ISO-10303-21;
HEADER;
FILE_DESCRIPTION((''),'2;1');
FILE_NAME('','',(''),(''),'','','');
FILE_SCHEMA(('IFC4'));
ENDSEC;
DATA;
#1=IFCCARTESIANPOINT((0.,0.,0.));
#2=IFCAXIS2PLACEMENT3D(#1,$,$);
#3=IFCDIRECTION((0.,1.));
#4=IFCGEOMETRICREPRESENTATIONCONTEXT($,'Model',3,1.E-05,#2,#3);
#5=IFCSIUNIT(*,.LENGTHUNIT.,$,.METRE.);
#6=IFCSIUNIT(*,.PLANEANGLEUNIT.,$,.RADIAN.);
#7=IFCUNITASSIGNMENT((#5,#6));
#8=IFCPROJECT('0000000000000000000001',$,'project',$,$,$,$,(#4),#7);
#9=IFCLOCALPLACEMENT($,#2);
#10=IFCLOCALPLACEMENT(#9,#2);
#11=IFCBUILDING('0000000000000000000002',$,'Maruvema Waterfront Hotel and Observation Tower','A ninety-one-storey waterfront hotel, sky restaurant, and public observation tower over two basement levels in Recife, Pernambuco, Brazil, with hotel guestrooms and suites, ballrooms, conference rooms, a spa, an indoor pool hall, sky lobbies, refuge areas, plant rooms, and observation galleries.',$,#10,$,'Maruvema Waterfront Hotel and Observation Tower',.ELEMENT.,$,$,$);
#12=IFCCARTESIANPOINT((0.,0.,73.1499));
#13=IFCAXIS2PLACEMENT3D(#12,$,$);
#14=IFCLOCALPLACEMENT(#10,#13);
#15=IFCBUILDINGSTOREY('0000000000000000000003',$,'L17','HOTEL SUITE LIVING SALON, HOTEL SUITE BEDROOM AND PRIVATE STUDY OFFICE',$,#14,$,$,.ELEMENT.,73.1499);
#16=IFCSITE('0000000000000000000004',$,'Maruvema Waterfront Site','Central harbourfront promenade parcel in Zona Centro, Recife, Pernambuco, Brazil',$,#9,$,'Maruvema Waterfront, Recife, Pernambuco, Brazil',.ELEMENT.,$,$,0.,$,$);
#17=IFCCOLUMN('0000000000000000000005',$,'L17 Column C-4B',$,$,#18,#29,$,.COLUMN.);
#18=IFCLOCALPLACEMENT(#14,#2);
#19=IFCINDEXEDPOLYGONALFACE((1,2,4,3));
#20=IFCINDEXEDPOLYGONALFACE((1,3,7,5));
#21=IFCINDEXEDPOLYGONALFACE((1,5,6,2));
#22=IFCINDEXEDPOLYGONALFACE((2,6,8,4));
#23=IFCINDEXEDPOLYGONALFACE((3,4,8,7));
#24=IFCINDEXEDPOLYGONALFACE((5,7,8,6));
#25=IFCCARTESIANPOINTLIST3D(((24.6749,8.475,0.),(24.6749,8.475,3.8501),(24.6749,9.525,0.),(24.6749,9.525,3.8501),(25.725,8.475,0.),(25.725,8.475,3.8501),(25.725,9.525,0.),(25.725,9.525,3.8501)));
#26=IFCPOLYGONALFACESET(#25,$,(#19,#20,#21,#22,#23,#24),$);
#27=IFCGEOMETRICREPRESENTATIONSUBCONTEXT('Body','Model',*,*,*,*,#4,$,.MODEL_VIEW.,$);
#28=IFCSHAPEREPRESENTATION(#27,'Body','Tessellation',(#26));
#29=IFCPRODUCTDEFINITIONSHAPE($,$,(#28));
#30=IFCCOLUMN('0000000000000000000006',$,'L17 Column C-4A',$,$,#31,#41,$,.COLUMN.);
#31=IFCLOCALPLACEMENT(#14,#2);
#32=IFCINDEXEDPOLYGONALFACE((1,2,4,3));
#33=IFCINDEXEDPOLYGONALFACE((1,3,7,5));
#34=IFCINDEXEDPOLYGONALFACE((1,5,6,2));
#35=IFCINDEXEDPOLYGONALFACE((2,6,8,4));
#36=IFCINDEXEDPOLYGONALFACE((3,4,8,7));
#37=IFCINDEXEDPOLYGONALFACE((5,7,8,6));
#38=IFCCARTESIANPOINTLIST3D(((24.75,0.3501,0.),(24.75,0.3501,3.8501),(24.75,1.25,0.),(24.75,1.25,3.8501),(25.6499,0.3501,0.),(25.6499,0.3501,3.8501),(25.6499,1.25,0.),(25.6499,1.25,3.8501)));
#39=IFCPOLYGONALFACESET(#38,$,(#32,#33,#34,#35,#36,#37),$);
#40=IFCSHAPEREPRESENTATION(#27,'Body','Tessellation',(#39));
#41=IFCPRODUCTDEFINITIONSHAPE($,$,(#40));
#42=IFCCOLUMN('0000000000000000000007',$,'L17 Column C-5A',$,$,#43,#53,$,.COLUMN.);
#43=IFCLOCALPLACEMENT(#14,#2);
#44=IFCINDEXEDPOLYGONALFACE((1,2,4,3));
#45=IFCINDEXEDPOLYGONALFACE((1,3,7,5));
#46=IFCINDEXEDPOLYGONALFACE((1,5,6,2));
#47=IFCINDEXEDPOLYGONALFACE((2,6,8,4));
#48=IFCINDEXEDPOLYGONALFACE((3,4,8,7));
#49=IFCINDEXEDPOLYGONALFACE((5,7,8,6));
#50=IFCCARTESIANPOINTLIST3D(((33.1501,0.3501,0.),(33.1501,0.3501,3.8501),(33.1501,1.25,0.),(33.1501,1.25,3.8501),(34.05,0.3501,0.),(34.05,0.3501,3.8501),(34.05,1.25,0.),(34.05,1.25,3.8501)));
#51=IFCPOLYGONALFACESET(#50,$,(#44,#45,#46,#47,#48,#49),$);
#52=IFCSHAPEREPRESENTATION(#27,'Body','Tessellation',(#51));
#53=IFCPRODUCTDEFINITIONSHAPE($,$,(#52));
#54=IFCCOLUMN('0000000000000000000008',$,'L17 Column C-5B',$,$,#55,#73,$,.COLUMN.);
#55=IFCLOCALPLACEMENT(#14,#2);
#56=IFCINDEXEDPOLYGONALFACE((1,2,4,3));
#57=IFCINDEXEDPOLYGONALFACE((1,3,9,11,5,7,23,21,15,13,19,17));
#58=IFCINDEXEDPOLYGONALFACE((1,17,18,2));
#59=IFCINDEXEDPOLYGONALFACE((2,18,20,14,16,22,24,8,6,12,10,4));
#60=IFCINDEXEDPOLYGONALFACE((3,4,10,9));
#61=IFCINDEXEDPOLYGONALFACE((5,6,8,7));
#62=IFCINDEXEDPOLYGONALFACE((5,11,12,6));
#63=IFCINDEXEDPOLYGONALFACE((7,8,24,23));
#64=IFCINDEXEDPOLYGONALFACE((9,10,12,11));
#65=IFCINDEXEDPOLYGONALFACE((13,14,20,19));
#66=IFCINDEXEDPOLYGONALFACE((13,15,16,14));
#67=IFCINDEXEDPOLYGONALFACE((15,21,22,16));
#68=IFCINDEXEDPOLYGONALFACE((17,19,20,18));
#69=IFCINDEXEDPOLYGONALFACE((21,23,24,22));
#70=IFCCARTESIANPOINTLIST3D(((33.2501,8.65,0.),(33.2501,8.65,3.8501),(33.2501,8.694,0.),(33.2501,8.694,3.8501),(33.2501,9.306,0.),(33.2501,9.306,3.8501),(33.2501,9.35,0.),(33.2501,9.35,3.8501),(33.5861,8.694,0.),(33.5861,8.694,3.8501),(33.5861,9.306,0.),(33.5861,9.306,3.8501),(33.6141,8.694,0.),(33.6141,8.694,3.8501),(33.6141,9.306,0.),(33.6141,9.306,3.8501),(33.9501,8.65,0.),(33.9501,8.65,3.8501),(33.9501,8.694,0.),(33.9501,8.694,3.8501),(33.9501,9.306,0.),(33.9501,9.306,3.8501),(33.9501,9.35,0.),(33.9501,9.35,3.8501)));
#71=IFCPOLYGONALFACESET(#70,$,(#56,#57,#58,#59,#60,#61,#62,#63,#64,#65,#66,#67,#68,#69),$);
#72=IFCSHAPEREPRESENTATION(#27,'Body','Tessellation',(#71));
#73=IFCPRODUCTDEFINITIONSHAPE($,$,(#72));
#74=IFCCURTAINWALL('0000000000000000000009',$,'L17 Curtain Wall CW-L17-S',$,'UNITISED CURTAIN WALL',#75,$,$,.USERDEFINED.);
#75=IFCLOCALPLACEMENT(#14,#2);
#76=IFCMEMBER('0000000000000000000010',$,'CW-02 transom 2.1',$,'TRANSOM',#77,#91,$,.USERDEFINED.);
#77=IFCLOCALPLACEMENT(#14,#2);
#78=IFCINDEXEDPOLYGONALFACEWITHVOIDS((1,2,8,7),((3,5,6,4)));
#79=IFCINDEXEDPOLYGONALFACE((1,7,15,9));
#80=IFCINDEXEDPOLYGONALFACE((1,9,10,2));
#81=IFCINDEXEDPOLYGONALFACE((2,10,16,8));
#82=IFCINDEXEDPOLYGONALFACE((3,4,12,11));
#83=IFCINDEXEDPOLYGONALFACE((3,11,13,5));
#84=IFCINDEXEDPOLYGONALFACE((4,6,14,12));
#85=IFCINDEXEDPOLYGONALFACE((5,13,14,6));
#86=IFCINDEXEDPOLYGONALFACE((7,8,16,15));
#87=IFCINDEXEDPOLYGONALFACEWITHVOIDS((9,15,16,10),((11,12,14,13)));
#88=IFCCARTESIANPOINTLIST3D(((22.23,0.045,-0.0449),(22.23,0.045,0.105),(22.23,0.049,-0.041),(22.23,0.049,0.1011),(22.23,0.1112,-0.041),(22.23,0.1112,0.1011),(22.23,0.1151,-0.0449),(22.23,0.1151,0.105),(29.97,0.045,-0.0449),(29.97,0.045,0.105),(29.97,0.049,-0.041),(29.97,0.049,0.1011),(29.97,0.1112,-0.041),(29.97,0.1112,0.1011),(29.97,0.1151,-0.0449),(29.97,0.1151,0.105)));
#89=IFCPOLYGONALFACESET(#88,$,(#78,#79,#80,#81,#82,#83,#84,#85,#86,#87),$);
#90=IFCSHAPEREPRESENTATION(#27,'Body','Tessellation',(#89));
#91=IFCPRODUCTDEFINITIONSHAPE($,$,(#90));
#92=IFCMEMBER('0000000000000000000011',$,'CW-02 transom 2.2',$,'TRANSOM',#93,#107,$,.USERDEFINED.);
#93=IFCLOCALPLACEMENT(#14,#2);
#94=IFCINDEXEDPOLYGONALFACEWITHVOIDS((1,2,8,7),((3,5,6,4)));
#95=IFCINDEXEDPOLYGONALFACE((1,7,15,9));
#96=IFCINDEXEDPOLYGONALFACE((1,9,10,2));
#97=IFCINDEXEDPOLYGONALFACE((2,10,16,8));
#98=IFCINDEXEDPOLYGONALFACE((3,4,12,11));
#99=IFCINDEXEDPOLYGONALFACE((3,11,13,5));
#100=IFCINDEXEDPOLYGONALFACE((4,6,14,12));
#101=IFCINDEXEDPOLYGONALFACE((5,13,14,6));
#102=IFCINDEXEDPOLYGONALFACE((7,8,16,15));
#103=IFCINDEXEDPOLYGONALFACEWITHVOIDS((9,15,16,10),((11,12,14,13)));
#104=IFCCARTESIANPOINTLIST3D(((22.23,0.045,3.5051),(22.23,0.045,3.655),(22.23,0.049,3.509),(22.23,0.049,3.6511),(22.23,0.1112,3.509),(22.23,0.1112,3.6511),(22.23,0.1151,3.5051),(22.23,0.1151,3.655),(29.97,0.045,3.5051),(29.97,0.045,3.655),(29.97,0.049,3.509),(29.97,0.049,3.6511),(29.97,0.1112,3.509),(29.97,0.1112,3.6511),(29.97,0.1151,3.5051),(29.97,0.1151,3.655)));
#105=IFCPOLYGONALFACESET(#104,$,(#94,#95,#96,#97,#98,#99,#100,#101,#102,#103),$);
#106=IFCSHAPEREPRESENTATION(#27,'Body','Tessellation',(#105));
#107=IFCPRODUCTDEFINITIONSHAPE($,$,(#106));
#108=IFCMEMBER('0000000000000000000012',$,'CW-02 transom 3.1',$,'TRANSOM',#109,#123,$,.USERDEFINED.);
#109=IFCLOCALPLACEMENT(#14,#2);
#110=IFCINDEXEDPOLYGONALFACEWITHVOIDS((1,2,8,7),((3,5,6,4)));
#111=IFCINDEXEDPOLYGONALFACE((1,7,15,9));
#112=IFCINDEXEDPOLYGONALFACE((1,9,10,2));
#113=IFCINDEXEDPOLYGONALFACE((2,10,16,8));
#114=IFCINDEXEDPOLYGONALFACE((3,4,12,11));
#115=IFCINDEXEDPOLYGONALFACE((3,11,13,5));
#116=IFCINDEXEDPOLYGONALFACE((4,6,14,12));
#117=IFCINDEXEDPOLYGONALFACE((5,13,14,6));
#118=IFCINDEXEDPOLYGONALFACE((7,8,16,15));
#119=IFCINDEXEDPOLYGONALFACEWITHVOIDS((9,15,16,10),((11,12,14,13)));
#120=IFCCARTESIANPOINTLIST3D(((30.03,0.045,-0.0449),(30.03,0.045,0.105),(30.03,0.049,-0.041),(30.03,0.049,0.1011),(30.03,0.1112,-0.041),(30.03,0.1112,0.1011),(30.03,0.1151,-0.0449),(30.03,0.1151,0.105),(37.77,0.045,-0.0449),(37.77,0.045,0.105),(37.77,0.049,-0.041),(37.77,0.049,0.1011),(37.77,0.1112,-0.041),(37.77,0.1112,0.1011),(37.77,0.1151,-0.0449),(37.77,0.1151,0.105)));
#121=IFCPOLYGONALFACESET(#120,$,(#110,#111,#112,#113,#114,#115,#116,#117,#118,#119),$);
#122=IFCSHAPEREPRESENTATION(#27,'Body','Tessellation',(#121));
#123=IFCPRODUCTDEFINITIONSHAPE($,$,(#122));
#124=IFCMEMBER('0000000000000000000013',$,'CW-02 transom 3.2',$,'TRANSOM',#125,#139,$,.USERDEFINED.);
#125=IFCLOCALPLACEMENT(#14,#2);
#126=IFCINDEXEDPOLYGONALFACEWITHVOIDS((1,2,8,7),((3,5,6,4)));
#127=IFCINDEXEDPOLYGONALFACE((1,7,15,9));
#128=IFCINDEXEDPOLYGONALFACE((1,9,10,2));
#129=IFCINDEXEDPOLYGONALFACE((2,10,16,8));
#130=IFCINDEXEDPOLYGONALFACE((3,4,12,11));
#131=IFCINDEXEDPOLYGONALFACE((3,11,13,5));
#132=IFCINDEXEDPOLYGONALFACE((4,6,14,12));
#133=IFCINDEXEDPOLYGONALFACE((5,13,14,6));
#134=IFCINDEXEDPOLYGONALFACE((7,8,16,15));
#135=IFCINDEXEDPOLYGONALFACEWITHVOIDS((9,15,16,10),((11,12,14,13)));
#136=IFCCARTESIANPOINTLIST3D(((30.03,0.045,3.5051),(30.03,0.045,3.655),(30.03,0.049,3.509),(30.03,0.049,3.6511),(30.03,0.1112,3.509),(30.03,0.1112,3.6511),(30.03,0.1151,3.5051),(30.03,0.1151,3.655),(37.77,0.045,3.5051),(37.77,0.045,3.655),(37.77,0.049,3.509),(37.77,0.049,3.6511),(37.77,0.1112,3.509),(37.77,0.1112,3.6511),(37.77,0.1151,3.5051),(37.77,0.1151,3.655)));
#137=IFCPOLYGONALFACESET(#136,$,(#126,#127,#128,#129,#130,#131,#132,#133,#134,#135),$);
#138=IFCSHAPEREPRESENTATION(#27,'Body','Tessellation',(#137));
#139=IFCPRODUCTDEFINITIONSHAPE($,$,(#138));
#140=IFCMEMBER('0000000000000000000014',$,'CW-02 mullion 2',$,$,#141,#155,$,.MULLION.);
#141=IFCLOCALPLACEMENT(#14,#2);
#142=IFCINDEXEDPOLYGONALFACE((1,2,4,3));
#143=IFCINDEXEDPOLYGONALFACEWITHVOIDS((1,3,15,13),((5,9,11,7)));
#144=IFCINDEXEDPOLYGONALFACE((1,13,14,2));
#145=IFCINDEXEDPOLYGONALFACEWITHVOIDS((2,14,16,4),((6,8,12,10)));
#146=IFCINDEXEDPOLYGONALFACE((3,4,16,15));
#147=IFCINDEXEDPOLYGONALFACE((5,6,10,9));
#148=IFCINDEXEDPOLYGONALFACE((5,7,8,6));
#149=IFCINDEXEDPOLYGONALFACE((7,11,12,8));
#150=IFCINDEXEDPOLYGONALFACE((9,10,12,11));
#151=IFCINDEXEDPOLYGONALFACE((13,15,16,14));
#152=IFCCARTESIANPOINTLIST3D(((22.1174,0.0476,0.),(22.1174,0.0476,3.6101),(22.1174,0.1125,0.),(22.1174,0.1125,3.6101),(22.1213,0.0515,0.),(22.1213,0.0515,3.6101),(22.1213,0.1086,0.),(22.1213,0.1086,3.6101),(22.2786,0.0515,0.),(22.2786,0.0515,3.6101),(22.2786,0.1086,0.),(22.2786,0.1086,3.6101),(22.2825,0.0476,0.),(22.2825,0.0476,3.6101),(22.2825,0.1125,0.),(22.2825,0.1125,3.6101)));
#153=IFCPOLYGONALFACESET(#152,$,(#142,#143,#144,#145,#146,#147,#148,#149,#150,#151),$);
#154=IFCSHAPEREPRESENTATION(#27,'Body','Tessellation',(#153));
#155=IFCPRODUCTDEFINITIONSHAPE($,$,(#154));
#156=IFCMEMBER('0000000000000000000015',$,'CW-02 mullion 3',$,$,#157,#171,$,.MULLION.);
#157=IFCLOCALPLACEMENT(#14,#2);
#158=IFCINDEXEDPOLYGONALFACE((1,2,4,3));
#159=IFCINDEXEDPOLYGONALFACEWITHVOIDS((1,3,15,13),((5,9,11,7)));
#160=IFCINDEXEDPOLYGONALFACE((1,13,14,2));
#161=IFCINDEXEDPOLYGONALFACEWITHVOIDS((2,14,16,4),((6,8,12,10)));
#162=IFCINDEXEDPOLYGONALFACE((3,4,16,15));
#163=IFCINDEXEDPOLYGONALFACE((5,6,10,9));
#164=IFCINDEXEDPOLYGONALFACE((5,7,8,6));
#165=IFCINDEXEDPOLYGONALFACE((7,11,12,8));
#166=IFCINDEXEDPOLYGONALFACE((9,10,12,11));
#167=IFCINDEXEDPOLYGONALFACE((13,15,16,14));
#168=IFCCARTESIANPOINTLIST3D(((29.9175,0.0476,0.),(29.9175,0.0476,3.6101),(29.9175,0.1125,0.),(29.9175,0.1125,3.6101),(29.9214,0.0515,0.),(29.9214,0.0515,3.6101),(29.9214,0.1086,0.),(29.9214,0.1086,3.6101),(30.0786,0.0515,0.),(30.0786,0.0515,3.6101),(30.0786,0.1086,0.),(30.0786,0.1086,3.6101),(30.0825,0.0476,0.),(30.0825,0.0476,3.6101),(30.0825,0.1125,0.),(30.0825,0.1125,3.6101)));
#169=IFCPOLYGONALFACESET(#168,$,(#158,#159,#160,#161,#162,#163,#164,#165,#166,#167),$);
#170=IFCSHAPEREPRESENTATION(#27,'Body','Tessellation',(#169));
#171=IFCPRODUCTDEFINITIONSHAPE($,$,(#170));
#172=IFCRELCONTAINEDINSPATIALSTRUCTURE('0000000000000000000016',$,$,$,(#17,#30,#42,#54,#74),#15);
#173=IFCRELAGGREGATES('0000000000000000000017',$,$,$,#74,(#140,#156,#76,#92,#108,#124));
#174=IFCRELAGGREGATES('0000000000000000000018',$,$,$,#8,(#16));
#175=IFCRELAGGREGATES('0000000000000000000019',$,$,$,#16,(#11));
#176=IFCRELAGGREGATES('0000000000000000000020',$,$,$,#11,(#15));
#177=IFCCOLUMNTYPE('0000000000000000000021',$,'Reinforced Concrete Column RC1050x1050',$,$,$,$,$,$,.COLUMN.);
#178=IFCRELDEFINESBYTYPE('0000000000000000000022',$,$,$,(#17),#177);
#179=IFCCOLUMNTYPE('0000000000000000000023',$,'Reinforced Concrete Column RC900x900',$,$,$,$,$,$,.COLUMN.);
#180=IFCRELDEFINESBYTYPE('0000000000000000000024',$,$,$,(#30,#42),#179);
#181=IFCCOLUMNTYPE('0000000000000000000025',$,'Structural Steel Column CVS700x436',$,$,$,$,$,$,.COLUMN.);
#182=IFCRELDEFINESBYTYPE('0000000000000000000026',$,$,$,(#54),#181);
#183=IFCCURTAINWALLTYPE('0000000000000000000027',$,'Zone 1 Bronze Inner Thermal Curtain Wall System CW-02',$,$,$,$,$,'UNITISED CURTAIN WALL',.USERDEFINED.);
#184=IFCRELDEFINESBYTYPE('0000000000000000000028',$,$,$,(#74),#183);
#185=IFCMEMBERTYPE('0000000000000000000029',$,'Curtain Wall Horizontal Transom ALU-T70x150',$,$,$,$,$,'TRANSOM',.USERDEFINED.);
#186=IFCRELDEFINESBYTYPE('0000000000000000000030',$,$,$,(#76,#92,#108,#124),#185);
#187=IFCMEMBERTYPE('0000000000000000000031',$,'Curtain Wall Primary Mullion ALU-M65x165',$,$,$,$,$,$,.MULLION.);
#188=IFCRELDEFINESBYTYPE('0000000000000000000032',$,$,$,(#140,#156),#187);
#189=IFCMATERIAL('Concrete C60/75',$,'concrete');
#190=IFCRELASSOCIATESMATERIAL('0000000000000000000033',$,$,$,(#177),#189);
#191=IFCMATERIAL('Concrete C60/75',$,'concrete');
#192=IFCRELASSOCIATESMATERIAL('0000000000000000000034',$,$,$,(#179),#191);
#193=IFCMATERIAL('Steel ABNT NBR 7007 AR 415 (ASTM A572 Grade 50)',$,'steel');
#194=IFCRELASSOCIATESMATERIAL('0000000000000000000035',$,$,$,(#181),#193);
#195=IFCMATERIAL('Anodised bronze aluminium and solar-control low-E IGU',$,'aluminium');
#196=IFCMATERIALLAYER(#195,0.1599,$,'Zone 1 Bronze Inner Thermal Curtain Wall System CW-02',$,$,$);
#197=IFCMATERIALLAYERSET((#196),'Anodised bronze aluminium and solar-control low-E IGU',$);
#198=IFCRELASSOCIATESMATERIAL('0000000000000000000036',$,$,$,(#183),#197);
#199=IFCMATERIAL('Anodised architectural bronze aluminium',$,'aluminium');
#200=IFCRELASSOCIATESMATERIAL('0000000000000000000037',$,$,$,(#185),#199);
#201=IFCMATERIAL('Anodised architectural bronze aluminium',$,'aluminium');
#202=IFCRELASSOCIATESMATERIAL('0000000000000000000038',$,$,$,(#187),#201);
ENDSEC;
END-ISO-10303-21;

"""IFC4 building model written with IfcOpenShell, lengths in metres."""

from ifc_helpers import new_model, si_unit, direction, frame, origin, origin_2d, place, context, subcontext, project, spatial, rectangle, hollow_rectangle, i_section, extrude, material, layer, layer_set, material_profile, profile_set, type_object, element, aggregate, save


model = new_model("IFC4")

# Units and contexts
model_context = context("Model", 3, precision=1e-05, world=origin(), true_north=direction((0.0, 1.0)))
body_context = subcontext(model_context, "Body", "Model", "MODEL_VIEW")
ifc_project = project(units=[si_unit("LENGTHUNIT", "METRE"), si_unit("PLANEANGLEUNIT", "RADIAN")], contexts=[model_context])

# Site, building, storey
site_placement = place(None, origin())
site = spatial("IfcSite", under=ifc_project, at=site_placement, Name="Maruvema Waterfront Site", Description="Central harbourfront promenade parcel in Zona Centro, Recife, Pernambuco, Brazil", LongName="Maruvema Waterfront, Recife, Pernambuco, Brazil", CompositionType="ELEMENT", RefElevation=0.0)
building_placement = place(site_placement, origin())
building = spatial("IfcBuilding", under=site, at=building_placement, Name="Maruvema Waterfront Hotel and Observation Tower", Description="A ninety-one-storey waterfront hotel, sky restaurant, and public observation tower over two basement levels in Recife, Pernambuco, Brazil, with hotel guestrooms and suites, ballrooms, conference rooms, a spa, an indoor pool hall, sky lobbies, refuge areas, plant rooms, and observation galleries.", LongName="Maruvema Waterfront Hotel and Observation Tower", CompositionType="ELEMENT")
storey_placement = place(building_placement, frame((0.0, 0.0, 73.1499)))
storey = spatial("IfcBuildingStorey", under=building, at=storey_placement, Name="L17", Description="HOTEL SUITE LIVING SALON, HOTEL SUITE BEDROOM AND PRIVATE STUDY OFFICE", CompositionType="ELEMENT", Elevation=73.1499)

# Columns
ifc_material_1 = material(Name="Concrete C60/75", Category="concrete")
ifc_material_profile_1 = material_profile(ifc_material_1, rectangle(XDim=1.05, YDim=1.05, at=origin_2d()), Name="RC1050x1050")
ifc_profile_set_1 = profile_set([ifc_material_profile_1], Name="Concrete C60/75")
column_type_1 = type_object("IfcColumnType", Name="Reinforced Concrete Column RC1050x1050", PredefinedType="COLUMN", material=ifc_profile_set_1)
column_1_placement = place(storey_placement, frame((25.2, 9.0, 0.0), z_axis=(0.0, 0.0, 1.0), x_axis=(1.0, 0.0, 0.0)))
element("IfcColumn", 1, at=column_1_placement, inside=storey, type_object=column_type_1, Name="L17 Column C-4B", PredefinedType="COLUMN", context=body_context, shape_type="SweptSolid", body=[
    extrude(rectangle(XDim=1.05, YDim=1.05, at=origin_2d()), origin(), (0.0, 0.0, 1.0), 3.8501),
])
ifc_material_2 = material(Name="Concrete C60/75", Category="concrete")
ifc_material_profile_2 = material_profile(ifc_material_2, rectangle(XDim=0.8999, YDim=0.8999, at=origin_2d()), Name="RC900x900")
ifc_profile_set_2 = profile_set([ifc_material_profile_2], Name="Concrete C60/75")
column_type_2 = type_object("IfcColumnType", Name="Reinforced Concrete Column RC900x900", PredefinedType="COLUMN", material=ifc_profile_set_2)
for number, where, z_axis, x_axis, name in (
    (2, (25.2, 0.8, 0.0), (0.0, 0.0, 1.0), (1.0, 0.0, 0.0), "L17 Column C-4A"),
    (3, (33.6001, 0.8, 0.0), (0.0, 0.0, 1.0), (1.0, 0.0, 0.0), "L17 Column C-5A"),
):
    element("IfcColumn", number, at=place(storey_placement, frame(where, z_axis=z_axis, x_axis=x_axis)), inside=storey, type_object=column_type_2, Name=name, PredefinedType="COLUMN", context=body_context, shape_type="SweptSolid", body=[
        extrude(rectangle(XDim=0.8999, YDim=0.8999, at=origin_2d()), origin(), (0.0, 0.0, 1.0), 3.8501),
    ])
ifc_material_3 = material(Name="Steel ABNT NBR 7007 AR 415 (ASTM A572 Grade 50)", Category="steel")
ifc_material_profile_3 = material_profile(ifc_material_3, i_section(OverallWidth=0.7, OverallDepth=0.7, WebThickness=0.0281, FlangeThickness=0.0439, at=origin_2d()), Name="CVS700x436")
ifc_profile_set_3 = profile_set([ifc_material_profile_3], Name="Steel ABNT NBR 7007 AR 415 (ASTM A572 Grade 50)")
column_type_3 = type_object("IfcColumnType", Name="Structural Steel Column CVS700x436", PredefinedType="COLUMN", material=ifc_profile_set_3)
column_2_placement = place(storey_placement, frame((33.6001, 9.0, 0.0), z_axis=(0.0, 0.0, 1.0), x_axis=(1.0, 0.0, 0.0)))
element("IfcColumn", 4, at=column_2_placement, inside=storey, type_object=column_type_3, Name="L17 Column C-5B", PredefinedType="COLUMN", context=body_context, shape_type="SweptSolid", body=[
    extrude(i_section(OverallWidth=0.7, OverallDepth=0.7, WebThickness=0.0281, FlangeThickness=0.0439, at=origin_2d()), origin(), (0.0, 0.0, 1.0), 3.8501),
])

# Curtain wall, members
ifc_material_4 = material(Name="Anodised bronze aluminium and solar-control low-E IGU", Category="aluminium")
ifc_layer_1 = layer(ifc_material_4, 0.1599, Name="Zone 1 Bronze Inner Thermal Curtain Wall System CW-02")
ifc_layer_set_1 = layer_set([ifc_layer_1], Name="Anodised bronze aluminium and solar-control low-E IGU")
curtain_wall_type = type_object("IfcCurtainWallType", Name="Zone 1 Bronze Inner Thermal Curtain Wall System CW-02", ElementType="UNITISED CURTAIN WALL", PredefinedType="USERDEFINED", material=ifc_layer_set_1)
curtain_wall_placement = place(storey_placement, origin())
curtain_wall = element("IfcCurtainWall", 5, at=curtain_wall_placement, inside=storey, type_object=curtain_wall_type, Name="L17 Curtain Wall CW-L17-S", ObjectType="UNITISED CURTAIN WALL", PredefinedType="USERDEFINED")
ifc_material_5 = material(Name="Anodised architectural bronze aluminium", Category="aluminium")
ifc_material_profile_4 = material_profile(ifc_material_5, hollow_rectangle(XDim=0.0701, YDim=0.1499, WallThickness=0.0039, at=origin_2d()), Name="ALU-T70x150")
ifc_profile_set_4 = profile_set([ifc_material_profile_4], Name="Anodised architectural bronze aluminium")
member_type_1 = type_object("IfcMemberType", Name="Curtain Wall Horizontal Transom ALU-T70x150", ElementType="TRANSOM", PredefinedType="USERDEFINED", material=ifc_profile_set_4)
member_1_placement = place(storey_placement, frame((22.23, 0.0801, 0.03), z_axis=(1.0, 0.0, 0.0), x_axis=(0.0, 1.0, 0.0)))
member_1 = element("IfcMember", 6, at=member_1_placement, type_object=member_type_1, Name="CW-02 transom 2.1", ObjectType="TRANSOM", PredefinedType="USERDEFINED", context=body_context, shape_type="SweptSolid", body=[
    extrude(hollow_rectangle(XDim=0.0701, YDim=0.1499, WallThickness=0.0039, at=origin_2d()), origin(), (0.0, 0.0, 1.0), 7.74),
])
member_2_placement = place(storey_placement, frame((22.23, 0.0801, 3.5801), z_axis=(1.0, 0.0, 0.0), x_axis=(0.0, 1.0, 0.0)))
member_2 = element("IfcMember", 7, at=member_2_placement, type_object=member_type_1, Name="CW-02 transom 2.2", ObjectType="TRANSOM", PredefinedType="USERDEFINED", context=body_context, shape_type="SweptSolid", body=[
    extrude(hollow_rectangle(XDim=0.0701, YDim=0.1499, WallThickness=0.0039, at=origin_2d()), origin(), (0.0, 0.0, 1.0), 7.74),
])
member_3_placement = place(storey_placement, frame((30.03, 0.0801, 0.03), z_axis=(1.0, 0.0, 0.0), x_axis=(0.0, 1.0, 0.0)))
member_3 = element("IfcMember", 8, at=member_3_placement, type_object=member_type_1, Name="CW-02 transom 3.1", ObjectType="TRANSOM", PredefinedType="USERDEFINED", context=body_context, shape_type="SweptSolid", body=[
    extrude(hollow_rectangle(XDim=0.0701, YDim=0.1499, WallThickness=0.0039, at=origin_2d()), origin(), (0.0, 0.0, 1.0), 7.74),
])
member_4_placement = place(storey_placement, frame((30.03, 0.0801, 3.5801), z_axis=(1.0, 0.0, 0.0), x_axis=(0.0, 1.0, 0.0)))
member_4 = element("IfcMember", 9, at=member_4_placement, type_object=member_type_1, Name="CW-02 transom 3.2", ObjectType="TRANSOM", PredefinedType="USERDEFINED", context=body_context, shape_type="SweptSolid", body=[
    extrude(hollow_rectangle(XDim=0.0701, YDim=0.1499, WallThickness=0.0039, at=origin_2d()), origin(), (0.0, 0.0, 1.0), 7.74),
])
ifc_material_6 = material(Name="Anodised architectural bronze aluminium", Category="aluminium")
ifc_material_profile_5 = material_profile(ifc_material_6, hollow_rectangle(XDim=0.0649, YDim=0.165, WallThickness=0.0039, at=origin_2d()), Name="ALU-M65x165")
ifc_profile_set_5 = profile_set([ifc_material_profile_5], Name="Anodised architectural bronze aluminium")
member_type_2 = type_object("IfcMemberType", Name="Curtain Wall Primary Mullion ALU-M65x165", PredefinedType="MULLION", material=ifc_profile_set_5)
member_5_placement = place(storey_placement, frame((22.2, 0.0801, 0.0), z_axis=(0.0, 0.0, 1.0), x_axis=(0.0, 1.0, 0.0)))
member_5 = element("IfcMember", 10, at=member_5_placement, type_object=member_type_2, Name="CW-02 mullion 2", PredefinedType="MULLION", context=body_context, shape_type="SweptSolid", body=[
    extrude(hollow_rectangle(XDim=0.0649, YDim=0.165, WallThickness=0.0039, at=origin_2d()), origin(), (0.0, 0.0, 1.0), 3.6101),
])
member_6_placement = place(storey_placement, frame((30.0, 0.0801, 0.0), z_axis=(0.0, 0.0, 1.0), x_axis=(0.0, 1.0, 0.0)))
member_6 = element("IfcMember", 11, at=member_6_placement, type_object=member_type_2, Name="CW-02 mullion 3", PredefinedType="MULLION", context=body_context, shape_type="SweptSolid", body=[
    extrude(hollow_rectangle(XDim=0.0649, YDim=0.165, WallThickness=0.0039, at=origin_2d()), origin(), (0.0, 0.0, 1.0), 3.6101),
])

aggregate(curtain_wall, [member_5, member_6, member_1, member_2, member_3, member_4])

save(model, "model.ifc")
